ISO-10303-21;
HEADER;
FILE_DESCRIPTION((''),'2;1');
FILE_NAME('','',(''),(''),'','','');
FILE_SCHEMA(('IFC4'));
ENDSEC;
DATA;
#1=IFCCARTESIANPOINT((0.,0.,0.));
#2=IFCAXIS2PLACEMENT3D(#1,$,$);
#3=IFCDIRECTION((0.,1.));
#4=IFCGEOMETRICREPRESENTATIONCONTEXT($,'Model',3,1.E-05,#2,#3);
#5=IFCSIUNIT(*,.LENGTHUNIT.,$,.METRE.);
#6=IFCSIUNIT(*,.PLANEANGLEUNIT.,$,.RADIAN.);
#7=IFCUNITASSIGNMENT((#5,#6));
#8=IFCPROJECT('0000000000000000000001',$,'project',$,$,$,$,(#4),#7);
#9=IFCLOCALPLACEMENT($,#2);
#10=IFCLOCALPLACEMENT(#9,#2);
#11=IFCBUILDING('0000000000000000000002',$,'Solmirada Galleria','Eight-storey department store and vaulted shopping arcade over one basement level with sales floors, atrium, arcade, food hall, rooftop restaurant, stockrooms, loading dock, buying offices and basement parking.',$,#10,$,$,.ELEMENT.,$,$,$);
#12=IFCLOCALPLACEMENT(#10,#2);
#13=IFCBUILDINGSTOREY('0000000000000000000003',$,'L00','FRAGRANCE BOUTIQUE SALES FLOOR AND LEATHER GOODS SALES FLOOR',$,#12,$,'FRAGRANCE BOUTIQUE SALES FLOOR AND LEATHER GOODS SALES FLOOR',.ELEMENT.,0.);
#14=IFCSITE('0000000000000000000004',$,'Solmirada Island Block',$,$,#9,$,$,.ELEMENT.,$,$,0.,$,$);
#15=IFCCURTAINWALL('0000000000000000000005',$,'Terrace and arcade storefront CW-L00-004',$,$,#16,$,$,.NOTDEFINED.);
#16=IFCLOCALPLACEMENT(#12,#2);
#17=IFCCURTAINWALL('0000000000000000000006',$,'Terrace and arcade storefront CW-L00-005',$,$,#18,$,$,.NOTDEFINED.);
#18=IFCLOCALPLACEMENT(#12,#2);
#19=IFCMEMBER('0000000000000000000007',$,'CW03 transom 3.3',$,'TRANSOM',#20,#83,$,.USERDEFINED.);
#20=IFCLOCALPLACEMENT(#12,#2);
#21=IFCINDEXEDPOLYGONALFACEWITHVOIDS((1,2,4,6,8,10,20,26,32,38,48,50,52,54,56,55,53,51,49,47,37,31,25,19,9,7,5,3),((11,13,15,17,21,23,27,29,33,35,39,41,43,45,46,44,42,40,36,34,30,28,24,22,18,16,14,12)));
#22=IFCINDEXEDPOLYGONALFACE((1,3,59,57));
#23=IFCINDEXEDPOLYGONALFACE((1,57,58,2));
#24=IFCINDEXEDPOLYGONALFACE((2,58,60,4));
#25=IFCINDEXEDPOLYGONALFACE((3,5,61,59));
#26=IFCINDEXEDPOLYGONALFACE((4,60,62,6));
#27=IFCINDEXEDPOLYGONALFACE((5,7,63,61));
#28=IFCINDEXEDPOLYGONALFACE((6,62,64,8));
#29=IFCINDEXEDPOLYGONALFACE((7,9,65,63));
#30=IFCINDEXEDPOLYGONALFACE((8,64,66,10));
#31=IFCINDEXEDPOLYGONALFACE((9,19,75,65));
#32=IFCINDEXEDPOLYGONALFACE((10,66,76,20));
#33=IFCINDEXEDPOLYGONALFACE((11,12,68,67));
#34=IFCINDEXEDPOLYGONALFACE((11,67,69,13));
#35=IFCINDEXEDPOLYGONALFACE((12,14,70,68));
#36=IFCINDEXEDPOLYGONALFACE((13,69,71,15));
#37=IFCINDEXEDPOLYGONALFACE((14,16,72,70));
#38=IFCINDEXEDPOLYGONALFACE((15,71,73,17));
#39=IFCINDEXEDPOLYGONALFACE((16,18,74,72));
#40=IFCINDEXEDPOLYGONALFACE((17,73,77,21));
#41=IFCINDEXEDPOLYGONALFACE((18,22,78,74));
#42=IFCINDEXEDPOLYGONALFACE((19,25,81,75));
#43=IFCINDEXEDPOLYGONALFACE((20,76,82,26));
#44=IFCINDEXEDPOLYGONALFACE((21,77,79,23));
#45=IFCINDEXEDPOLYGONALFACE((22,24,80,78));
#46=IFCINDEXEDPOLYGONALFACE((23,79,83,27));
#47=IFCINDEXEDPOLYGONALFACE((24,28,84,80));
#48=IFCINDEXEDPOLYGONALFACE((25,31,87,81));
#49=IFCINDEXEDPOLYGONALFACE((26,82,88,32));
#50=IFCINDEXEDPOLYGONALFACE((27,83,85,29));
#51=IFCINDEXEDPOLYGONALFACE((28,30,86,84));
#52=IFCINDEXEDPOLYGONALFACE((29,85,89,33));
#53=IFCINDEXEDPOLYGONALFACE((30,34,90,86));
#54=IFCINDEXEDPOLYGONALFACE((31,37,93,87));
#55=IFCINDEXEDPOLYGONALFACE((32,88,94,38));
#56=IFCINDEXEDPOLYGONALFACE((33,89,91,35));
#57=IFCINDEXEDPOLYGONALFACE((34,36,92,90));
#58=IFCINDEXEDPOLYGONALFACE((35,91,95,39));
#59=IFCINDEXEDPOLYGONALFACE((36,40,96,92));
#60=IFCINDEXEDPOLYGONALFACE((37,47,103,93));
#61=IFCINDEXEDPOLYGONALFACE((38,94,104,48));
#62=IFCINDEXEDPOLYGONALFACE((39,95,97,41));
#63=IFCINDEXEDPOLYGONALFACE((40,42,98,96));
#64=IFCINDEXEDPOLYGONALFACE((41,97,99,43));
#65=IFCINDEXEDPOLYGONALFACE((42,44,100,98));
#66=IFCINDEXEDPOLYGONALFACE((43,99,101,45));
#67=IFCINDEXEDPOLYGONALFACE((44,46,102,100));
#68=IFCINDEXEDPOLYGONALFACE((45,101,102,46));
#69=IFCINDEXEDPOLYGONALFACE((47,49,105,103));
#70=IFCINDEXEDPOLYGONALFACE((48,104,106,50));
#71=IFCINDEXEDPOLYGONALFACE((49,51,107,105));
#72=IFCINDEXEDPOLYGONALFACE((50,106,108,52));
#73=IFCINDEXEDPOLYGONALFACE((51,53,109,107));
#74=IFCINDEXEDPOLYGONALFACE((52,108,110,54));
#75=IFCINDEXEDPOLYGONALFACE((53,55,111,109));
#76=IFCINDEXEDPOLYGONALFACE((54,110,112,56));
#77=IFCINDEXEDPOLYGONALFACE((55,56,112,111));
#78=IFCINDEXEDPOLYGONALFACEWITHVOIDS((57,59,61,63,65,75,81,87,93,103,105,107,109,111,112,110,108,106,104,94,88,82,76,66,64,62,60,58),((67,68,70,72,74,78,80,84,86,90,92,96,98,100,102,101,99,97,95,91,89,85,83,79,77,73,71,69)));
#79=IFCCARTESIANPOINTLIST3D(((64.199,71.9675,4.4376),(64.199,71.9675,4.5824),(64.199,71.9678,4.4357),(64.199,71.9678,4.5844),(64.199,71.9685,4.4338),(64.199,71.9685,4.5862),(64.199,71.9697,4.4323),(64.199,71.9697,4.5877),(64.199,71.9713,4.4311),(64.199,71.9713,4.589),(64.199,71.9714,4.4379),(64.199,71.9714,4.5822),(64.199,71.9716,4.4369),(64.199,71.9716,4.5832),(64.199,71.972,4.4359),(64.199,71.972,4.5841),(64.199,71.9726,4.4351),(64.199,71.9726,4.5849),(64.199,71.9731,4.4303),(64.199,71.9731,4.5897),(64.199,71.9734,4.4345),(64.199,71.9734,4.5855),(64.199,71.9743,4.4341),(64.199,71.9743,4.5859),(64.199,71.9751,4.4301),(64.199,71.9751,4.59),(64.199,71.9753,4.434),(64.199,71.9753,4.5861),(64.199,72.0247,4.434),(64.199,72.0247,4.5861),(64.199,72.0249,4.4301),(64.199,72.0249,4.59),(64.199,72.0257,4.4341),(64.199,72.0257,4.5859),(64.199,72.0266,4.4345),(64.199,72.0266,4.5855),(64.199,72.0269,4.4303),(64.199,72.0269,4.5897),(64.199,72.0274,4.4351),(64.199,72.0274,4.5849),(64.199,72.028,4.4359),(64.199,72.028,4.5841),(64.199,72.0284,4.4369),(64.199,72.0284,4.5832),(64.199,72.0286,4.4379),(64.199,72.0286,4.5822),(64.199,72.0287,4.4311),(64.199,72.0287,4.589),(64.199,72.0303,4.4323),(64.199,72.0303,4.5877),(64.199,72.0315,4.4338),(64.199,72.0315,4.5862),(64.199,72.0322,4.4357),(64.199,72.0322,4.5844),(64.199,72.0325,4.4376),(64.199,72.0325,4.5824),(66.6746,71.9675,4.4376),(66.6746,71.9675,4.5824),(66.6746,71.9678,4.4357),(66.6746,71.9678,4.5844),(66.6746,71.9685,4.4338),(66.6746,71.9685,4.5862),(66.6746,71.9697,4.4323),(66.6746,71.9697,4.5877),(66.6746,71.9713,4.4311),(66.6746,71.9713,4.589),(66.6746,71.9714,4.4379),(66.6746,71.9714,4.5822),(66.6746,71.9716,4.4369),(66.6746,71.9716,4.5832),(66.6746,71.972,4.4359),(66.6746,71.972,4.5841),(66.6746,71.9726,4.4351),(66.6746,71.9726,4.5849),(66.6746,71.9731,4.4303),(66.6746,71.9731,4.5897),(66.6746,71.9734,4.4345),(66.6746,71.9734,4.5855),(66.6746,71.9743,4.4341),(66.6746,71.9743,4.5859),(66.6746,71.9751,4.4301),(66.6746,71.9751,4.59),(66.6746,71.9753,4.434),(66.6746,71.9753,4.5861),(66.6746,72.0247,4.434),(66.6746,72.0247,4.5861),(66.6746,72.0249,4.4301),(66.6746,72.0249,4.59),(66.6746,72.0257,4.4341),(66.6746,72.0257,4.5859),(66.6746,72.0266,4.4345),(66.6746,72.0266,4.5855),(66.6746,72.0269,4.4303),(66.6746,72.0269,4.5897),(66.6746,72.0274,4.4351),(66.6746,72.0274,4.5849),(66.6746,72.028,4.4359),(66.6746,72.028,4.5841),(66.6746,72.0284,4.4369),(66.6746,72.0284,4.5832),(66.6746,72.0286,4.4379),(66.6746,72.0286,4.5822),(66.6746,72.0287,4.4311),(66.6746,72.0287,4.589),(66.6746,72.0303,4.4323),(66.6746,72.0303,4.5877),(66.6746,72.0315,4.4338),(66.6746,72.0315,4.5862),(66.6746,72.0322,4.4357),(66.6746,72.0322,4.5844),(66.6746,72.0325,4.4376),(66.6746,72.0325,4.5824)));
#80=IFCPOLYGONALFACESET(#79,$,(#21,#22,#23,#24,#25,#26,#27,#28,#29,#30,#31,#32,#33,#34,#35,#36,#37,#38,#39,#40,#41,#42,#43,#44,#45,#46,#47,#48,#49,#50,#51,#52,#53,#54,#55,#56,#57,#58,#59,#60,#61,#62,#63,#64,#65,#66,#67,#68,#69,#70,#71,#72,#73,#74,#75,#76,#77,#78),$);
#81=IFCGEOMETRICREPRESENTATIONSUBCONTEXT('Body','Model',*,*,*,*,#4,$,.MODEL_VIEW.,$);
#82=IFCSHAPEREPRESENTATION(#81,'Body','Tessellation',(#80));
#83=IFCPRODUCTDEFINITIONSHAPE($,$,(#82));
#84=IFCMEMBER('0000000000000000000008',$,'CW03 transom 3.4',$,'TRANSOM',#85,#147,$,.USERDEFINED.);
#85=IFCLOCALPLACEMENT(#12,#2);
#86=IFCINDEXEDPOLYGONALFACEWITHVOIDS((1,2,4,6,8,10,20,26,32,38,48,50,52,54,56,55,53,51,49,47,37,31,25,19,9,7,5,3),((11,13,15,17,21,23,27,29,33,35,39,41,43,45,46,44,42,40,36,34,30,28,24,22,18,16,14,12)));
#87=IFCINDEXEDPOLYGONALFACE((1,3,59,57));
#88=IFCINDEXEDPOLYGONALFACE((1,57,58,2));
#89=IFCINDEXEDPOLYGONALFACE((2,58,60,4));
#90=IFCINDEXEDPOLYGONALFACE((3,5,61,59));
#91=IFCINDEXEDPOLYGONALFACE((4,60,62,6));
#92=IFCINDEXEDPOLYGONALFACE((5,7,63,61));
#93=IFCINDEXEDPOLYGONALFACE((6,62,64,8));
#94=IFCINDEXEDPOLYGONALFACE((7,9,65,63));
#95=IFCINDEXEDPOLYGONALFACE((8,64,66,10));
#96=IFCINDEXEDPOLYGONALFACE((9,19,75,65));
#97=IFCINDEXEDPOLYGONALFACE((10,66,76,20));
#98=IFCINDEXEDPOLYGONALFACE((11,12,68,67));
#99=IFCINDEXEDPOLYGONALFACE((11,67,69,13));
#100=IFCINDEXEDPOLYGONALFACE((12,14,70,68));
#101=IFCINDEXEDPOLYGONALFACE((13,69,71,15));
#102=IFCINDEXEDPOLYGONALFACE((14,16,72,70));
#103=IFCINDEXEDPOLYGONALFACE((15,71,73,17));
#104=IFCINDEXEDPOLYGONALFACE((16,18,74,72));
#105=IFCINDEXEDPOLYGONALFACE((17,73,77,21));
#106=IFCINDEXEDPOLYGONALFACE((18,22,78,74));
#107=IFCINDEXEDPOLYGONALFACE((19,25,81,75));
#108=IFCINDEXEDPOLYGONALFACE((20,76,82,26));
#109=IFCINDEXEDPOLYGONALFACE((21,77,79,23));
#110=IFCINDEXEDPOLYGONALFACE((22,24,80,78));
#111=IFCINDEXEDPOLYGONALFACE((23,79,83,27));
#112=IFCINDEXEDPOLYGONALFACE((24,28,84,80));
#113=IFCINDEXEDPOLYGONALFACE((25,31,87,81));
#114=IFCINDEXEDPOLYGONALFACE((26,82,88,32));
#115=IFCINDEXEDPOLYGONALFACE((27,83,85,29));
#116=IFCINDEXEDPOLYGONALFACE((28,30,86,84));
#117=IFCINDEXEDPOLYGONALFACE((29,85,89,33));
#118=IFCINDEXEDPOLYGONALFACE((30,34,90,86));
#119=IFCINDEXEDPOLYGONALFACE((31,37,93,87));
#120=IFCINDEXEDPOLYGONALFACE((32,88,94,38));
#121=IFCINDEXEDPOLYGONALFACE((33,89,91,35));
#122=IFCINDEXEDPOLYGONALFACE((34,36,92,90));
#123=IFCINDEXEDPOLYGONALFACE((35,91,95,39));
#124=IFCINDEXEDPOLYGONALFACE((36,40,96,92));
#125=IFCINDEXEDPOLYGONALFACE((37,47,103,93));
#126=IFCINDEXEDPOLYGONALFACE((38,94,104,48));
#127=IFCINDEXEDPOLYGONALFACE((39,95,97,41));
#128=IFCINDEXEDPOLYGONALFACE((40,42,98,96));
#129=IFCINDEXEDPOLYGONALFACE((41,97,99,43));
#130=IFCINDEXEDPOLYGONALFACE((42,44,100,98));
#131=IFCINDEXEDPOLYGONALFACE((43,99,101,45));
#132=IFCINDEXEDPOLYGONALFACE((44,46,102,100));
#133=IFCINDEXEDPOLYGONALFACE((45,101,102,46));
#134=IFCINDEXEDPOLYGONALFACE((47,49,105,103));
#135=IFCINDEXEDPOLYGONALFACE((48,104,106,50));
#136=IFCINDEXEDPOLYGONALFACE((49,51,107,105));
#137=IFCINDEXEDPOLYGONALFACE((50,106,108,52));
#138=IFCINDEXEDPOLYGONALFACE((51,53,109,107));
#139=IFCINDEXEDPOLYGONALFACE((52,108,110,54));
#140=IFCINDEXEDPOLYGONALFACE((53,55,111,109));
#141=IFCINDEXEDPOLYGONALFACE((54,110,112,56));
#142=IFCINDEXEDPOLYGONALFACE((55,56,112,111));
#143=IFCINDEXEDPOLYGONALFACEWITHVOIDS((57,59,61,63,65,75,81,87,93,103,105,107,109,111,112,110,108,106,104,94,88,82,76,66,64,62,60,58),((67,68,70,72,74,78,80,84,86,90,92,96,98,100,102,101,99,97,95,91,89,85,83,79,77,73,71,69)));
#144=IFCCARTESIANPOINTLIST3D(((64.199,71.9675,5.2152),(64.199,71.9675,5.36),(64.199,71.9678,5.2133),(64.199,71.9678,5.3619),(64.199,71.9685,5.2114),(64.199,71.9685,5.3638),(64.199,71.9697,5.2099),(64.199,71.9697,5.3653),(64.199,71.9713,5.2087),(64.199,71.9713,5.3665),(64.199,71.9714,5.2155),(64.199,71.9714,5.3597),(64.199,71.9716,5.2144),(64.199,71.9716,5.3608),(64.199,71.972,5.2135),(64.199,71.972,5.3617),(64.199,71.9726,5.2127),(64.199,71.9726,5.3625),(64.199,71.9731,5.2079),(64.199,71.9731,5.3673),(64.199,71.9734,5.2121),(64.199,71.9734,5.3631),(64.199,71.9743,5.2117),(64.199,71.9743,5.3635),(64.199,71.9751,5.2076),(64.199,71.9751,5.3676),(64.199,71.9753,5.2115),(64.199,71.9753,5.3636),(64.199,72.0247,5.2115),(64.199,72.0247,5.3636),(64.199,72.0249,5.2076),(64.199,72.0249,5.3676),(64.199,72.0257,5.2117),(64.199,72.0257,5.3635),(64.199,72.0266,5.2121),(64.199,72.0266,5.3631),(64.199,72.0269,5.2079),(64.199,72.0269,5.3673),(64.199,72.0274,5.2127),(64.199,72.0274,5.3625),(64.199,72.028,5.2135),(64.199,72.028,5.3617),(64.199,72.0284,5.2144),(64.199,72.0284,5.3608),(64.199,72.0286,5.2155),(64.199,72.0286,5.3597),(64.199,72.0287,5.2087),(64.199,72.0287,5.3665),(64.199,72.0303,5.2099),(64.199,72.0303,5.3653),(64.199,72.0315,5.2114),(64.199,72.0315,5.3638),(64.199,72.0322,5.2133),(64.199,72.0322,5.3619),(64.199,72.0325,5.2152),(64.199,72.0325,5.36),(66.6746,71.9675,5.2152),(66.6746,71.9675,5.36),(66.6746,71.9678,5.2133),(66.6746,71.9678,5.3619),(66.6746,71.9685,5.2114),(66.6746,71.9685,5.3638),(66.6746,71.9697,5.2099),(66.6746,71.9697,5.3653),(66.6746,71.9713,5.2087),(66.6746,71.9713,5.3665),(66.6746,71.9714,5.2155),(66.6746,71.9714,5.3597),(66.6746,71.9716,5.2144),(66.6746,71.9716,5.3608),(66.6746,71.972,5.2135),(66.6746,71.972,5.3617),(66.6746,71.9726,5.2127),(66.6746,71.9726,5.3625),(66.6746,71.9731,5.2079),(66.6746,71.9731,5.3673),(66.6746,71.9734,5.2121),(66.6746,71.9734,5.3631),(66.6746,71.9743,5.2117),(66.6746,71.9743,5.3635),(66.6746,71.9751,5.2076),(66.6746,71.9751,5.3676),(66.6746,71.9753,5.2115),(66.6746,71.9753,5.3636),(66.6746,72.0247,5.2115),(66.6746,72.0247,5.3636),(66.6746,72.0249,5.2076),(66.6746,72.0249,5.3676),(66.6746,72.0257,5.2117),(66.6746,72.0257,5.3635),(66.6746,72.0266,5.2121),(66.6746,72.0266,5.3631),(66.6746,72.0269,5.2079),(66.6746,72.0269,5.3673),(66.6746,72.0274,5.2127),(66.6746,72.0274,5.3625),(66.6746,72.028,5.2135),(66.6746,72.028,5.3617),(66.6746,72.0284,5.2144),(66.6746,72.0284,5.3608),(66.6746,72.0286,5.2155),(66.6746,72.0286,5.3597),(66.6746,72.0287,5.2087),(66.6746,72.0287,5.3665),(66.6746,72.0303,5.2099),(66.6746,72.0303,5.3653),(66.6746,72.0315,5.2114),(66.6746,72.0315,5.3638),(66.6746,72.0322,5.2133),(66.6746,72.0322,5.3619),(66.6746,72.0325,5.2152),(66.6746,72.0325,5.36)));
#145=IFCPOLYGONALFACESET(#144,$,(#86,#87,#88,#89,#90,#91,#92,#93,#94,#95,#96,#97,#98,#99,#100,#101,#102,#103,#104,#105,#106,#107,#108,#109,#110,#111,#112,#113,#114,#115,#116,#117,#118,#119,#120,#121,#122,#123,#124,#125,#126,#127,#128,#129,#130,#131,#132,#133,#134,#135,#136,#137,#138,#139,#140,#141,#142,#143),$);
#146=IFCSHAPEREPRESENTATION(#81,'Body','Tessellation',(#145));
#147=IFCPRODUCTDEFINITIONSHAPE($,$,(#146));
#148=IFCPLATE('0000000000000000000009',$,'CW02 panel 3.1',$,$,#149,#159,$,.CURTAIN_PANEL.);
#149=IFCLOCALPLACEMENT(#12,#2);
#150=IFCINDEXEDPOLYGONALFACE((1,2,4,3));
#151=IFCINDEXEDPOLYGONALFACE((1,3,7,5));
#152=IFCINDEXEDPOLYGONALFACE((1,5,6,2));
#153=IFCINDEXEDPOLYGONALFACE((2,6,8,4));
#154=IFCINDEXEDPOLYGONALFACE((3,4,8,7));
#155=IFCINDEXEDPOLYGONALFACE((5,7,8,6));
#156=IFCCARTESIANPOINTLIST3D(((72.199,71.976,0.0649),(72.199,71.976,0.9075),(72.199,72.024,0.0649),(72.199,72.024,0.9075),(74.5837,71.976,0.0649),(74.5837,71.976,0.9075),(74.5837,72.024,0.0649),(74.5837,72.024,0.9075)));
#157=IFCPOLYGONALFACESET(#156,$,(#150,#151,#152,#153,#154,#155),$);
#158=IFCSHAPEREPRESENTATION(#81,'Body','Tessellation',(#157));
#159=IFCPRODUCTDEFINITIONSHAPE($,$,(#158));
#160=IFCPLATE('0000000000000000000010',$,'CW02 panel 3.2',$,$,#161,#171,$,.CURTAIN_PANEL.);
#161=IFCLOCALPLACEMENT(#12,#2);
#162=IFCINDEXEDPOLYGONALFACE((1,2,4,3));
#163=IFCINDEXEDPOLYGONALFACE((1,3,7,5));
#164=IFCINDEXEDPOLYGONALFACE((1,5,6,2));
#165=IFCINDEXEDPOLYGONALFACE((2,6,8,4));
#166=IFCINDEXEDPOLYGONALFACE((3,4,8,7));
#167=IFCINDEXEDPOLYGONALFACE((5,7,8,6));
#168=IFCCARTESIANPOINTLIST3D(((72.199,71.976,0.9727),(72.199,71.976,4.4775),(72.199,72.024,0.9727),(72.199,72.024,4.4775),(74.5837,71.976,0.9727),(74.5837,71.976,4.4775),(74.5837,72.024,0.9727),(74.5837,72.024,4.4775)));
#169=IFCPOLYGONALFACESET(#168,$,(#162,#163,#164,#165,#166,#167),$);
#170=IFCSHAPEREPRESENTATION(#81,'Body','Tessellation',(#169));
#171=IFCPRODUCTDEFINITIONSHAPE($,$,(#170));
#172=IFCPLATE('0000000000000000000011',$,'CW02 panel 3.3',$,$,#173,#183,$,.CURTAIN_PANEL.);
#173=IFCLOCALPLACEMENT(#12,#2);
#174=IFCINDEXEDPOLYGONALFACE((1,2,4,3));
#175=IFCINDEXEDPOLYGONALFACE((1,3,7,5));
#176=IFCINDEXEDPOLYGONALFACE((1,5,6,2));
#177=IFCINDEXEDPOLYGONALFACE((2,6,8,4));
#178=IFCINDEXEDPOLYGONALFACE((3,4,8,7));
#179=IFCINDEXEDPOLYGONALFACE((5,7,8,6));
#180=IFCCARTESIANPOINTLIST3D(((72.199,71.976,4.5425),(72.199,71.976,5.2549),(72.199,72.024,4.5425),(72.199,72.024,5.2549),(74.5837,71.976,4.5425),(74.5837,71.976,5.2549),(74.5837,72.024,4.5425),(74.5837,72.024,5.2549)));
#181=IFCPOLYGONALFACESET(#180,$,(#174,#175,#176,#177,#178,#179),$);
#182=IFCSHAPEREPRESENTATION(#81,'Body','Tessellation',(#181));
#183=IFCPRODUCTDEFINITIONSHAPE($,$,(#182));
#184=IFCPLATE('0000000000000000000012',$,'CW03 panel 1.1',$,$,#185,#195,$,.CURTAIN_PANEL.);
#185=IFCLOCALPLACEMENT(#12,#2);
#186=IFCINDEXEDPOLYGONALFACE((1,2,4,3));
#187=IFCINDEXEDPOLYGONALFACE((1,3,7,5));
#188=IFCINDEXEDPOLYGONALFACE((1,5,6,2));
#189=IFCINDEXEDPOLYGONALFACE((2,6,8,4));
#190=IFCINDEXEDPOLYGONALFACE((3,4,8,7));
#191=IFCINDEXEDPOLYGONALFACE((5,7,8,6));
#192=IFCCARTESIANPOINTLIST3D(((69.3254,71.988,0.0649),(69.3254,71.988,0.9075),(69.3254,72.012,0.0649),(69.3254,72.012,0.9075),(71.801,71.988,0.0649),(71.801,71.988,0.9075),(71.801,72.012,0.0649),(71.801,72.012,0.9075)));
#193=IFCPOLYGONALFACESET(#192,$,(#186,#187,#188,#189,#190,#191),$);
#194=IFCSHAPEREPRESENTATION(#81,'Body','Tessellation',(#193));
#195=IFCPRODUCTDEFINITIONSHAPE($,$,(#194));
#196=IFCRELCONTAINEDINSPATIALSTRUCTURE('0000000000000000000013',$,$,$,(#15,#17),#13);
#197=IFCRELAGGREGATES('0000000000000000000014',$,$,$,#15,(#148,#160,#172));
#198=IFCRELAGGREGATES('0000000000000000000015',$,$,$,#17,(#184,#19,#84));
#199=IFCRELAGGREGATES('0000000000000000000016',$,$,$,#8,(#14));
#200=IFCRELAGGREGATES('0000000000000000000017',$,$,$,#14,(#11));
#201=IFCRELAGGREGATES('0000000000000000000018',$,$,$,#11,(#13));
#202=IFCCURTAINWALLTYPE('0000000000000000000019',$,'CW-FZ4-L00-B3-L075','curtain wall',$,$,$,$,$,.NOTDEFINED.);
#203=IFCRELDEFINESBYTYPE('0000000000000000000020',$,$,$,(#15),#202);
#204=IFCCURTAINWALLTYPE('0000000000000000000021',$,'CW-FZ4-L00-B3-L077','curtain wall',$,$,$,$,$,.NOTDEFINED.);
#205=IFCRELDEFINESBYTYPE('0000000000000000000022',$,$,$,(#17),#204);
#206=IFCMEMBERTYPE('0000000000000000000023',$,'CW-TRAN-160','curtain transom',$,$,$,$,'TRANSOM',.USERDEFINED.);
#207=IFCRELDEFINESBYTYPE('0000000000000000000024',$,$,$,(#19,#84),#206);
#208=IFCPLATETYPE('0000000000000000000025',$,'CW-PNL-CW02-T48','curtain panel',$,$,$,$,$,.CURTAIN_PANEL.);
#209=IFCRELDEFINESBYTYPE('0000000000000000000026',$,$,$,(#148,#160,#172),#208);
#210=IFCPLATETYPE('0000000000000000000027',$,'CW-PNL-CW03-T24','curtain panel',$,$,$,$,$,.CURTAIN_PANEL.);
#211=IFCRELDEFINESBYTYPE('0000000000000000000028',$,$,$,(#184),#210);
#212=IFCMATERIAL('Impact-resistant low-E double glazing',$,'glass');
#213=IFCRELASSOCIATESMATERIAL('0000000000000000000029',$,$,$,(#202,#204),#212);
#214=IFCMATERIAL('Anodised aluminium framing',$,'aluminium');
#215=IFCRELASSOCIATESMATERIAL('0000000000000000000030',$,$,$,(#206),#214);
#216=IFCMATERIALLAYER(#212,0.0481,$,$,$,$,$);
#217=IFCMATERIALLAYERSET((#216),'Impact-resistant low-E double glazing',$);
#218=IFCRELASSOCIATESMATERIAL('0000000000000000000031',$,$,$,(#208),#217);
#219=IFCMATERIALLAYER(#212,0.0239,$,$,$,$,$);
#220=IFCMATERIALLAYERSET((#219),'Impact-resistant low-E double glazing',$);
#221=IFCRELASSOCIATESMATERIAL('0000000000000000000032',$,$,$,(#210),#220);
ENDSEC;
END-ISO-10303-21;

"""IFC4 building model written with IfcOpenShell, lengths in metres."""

from ifc_helpers import new_model, si_unit, direction, frame, origin, origin_2d, place, context, subcontext, project, spatial, rectangle, hollow_rectangle, extrude, material, layer, layer_set, material_profile, profile_set, type_object, element, aggregate, save


model = new_model("IFC4")

# Units and contexts
model_context = context("Model", 3, precision=1e-05, world=origin(), true_north=direction((0.0, 1.0)))
body_context = subcontext(model_context, "Body", "Model", "MODEL_VIEW")
ifc_project = project(units=[si_unit("LENGTHUNIT", "METRE"), si_unit("PLANEANGLEUNIT", "RADIAN")], contexts=[model_context])

# Site, building, storey
site_placement = place(None, origin())
site = spatial("IfcSite", under=ifc_project, at=site_placement, Name="Solmirada Island Block", CompositionType="ELEMENT", RefElevation=0.0)
building_placement = place(site_placement, origin())
building = spatial("IfcBuilding", under=site, at=building_placement, Name="Solmirada Galleria", Description="Eight-storey department store and vaulted shopping arcade over one basement level with sales floors, atrium, arcade, food hall, rooftop restaurant, stockrooms, loading dock, buying offices and basement parking.", CompositionType="ELEMENT")
storey_placement = place(building_placement, origin())
storey = spatial("IfcBuildingStorey", under=building, at=storey_placement, Name="L00", Description="FRAGRANCE BOUTIQUE SALES FLOOR AND LEATHER GOODS SALES FLOOR", LongName="FRAGRANCE BOUTIQUE SALES FLOOR AND LEATHER GOODS SALES FLOOR", CompositionType="ELEMENT", Elevation=0.0)

# Curtain wall
ifc_material_1 = material(Name="Impact-resistant low-E double glazing", Category="glass")
curtain_wall_type_1 = type_object("IfcCurtainWallType", Name="CW-FZ4-L00-B3-L075", Description="curtain wall", PredefinedType="NOTDEFINED", material=ifc_material_1)
curtain_wall_1_placement = place(storey_placement, origin())
curtain_wall_1 = element("IfcCurtainWall", 1, at=curtain_wall_1_placement, inside=storey, type_object=curtain_wall_type_1, Name="Terrace and arcade storefront CW-L00-004", PredefinedType="NOTDEFINED")
ifc_material_2 = material(Name="Anodised aluminium framing", Category="aluminium")

# Curtain wall
curtain_wall_type_2 = type_object("IfcCurtainWallType", Name="CW-FZ4-L00-B3-L077", Description="curtain wall", PredefinedType="NOTDEFINED", material=ifc_material_1)
curtain_wall_2_placement = place(storey_placement, origin())
curtain_wall_2 = element("IfcCurtainWall", 2, at=curtain_wall_2_placement, inside=storey, type_object=curtain_wall_type_2, Name="Terrace and arcade storefront CW-L00-005", PredefinedType="NOTDEFINED")

# Members
ifc_material_profile_1 = material_profile(ifc_material_2, hollow_rectangle(XDim=0.0649, YDim=0.1599, WallThickness=0.0039, InnerFilletRadius=0.0039, OuterFilletRadius=0.0076, at=origin_2d()), Name="ALU-TRAN-160X65")
ifc_profile_set_1 = profile_set([ifc_material_profile_1], Name="Anodised aluminium framing")
member_type_1 = type_object("IfcMemberType", Name="CW-TRAN-160", Description="curtain transom", ElementType="TRANSOM", PredefinedType="USERDEFINED", material=ifc_profile_set_1)
member_1_placement = place(storey_placement, frame((66.6746, 72.0, 4.51), z_axis=(-1.0, 0.0, 0.0), x_axis=(0.0, -1.0, 0.0)))
member_1 = element("IfcMember", 3, at=member_1_placement, type_object=member_type_1, Name="CW03 transom 3.3", ObjectType="TRANSOM", PredefinedType="USERDEFINED", context=body_context, shape_type="SweptSolid", body=[
    extrude(hollow_rectangle(XDim=0.0649, YDim=0.1599, WallThickness=0.0039, InnerFilletRadius=0.0039, OuterFilletRadius=0.0076, at=origin_2d()), origin(), (0.0, 0.0, 1.0), 2.4756),
])
member_2_placement = place(storey_placement, frame((66.6746, 72.0, 5.2876), z_axis=(-1.0, 0.0, 0.0), x_axis=(0.0, -1.0, 0.0)))
member_2 = element("IfcMember", 4, at=member_2_placement, type_object=member_type_1, Name="CW03 transom 3.4", ObjectType="TRANSOM", PredefinedType="USERDEFINED", context=body_context, shape_type="SweptSolid", body=[
    extrude(hollow_rectangle(XDim=0.0649, YDim=0.1599, WallThickness=0.0039, InnerFilletRadius=0.0039, OuterFilletRadius=0.0076, at=origin_2d()), origin(), (0.0, 0.0, 1.0), 2.4756),
])

# Plates
ifc_layer_1 = layer(ifc_material_1, 0.0481)
ifc_layer_set_1 = layer_set([ifc_layer_1], Name="Impact-resistant low-E double glazing")
plate_type_1 = type_object("IfcPlateType", Name="CW-PNL-CW02-T48", Description="curtain panel", PredefinedType="CURTAIN_PANEL", material=ifc_layer_set_1)
plate_1_placement = place(storey_placement, frame((73.3914, 72.0, 0.0649), z_axis=(0.0, 0.0, 1.0), x_axis=(-1.0, 0.0, 0.0)))
plate_1 = element("IfcPlate", 5, at=plate_1_placement, type_object=plate_type_1, Name="CW02 panel 3.1", PredefinedType="CURTAIN_PANEL", context=body_context, shape_type="SweptSolid", body=[
    extrude(rectangle(XDim=2.3848, YDim=0.0481, at=origin_2d()), origin(), (0.0, 0.0, 1.0), 0.8425),
])
plate_2_placement = place(storey_placement, frame((73.3914, 72.0, 0.9727), z_axis=(0.0, 0.0, 1.0), x_axis=(-1.0, 0.0, 0.0)))
plate_2 = element("IfcPlate", 6, at=plate_2_placement, type_object=plate_type_1, Name="CW02 panel 3.2", PredefinedType="CURTAIN_PANEL", context=body_context, shape_type="SweptSolid", body=[
    extrude(rectangle(XDim=2.3848, YDim=0.0481, at=origin_2d()), origin(), (0.0, 0.0, 1.0), 3.5049),
])
plate_3_placement = place(storey_placement, frame((73.3914, 72.0, 4.5425), z_axis=(0.0, 0.0, 1.0), x_axis=(-1.0, 0.0, 0.0)))
plate_3 = element("IfcPlate", 7, at=plate_3_placement, type_object=plate_type_1, Name="CW02 panel 3.3", PredefinedType="CURTAIN_PANEL", context=body_context, shape_type="SweptSolid", body=[
    extrude(rectangle(XDim=2.3848, YDim=0.0481, at=origin_2d()), origin(), (0.0, 0.0, 1.0), 0.7124),
])
aggregate(curtain_wall_1, [plate_1, plate_2, plate_3])
ifc_layer_2 = layer(ifc_material_1, 0.0239)
ifc_layer_set_2 = layer_set([ifc_layer_2], Name="Impact-resistant low-E double glazing")
plate_type_2 = type_object("IfcPlateType", Name="CW-PNL-CW03-T24", Description="curtain panel", PredefinedType="CURTAIN_PANEL", material=ifc_layer_set_2)
plate_4_placement = place(storey_placement, frame((70.5632, 72.0, 0.0649), z_axis=(0.0, 0.0, 1.0), x_axis=(-1.0, 0.0, 0.0)))
plate_4 = element("IfcPlate", 8, at=plate_4_placement, type_object=plate_type_2, Name="CW03 panel 1.1", PredefinedType="CURTAIN_PANEL", context=body_context, shape_type="SweptSolid", body=[
    extrude(rectangle(XDim=2.4756, YDim=0.0239, at=origin_2d()), origin(), (0.0, 0.0, 1.0), 0.8425),
])
aggregate(curtain_wall_2, [plate_4, member_1, member_2])

save(model, "model.ifc")
